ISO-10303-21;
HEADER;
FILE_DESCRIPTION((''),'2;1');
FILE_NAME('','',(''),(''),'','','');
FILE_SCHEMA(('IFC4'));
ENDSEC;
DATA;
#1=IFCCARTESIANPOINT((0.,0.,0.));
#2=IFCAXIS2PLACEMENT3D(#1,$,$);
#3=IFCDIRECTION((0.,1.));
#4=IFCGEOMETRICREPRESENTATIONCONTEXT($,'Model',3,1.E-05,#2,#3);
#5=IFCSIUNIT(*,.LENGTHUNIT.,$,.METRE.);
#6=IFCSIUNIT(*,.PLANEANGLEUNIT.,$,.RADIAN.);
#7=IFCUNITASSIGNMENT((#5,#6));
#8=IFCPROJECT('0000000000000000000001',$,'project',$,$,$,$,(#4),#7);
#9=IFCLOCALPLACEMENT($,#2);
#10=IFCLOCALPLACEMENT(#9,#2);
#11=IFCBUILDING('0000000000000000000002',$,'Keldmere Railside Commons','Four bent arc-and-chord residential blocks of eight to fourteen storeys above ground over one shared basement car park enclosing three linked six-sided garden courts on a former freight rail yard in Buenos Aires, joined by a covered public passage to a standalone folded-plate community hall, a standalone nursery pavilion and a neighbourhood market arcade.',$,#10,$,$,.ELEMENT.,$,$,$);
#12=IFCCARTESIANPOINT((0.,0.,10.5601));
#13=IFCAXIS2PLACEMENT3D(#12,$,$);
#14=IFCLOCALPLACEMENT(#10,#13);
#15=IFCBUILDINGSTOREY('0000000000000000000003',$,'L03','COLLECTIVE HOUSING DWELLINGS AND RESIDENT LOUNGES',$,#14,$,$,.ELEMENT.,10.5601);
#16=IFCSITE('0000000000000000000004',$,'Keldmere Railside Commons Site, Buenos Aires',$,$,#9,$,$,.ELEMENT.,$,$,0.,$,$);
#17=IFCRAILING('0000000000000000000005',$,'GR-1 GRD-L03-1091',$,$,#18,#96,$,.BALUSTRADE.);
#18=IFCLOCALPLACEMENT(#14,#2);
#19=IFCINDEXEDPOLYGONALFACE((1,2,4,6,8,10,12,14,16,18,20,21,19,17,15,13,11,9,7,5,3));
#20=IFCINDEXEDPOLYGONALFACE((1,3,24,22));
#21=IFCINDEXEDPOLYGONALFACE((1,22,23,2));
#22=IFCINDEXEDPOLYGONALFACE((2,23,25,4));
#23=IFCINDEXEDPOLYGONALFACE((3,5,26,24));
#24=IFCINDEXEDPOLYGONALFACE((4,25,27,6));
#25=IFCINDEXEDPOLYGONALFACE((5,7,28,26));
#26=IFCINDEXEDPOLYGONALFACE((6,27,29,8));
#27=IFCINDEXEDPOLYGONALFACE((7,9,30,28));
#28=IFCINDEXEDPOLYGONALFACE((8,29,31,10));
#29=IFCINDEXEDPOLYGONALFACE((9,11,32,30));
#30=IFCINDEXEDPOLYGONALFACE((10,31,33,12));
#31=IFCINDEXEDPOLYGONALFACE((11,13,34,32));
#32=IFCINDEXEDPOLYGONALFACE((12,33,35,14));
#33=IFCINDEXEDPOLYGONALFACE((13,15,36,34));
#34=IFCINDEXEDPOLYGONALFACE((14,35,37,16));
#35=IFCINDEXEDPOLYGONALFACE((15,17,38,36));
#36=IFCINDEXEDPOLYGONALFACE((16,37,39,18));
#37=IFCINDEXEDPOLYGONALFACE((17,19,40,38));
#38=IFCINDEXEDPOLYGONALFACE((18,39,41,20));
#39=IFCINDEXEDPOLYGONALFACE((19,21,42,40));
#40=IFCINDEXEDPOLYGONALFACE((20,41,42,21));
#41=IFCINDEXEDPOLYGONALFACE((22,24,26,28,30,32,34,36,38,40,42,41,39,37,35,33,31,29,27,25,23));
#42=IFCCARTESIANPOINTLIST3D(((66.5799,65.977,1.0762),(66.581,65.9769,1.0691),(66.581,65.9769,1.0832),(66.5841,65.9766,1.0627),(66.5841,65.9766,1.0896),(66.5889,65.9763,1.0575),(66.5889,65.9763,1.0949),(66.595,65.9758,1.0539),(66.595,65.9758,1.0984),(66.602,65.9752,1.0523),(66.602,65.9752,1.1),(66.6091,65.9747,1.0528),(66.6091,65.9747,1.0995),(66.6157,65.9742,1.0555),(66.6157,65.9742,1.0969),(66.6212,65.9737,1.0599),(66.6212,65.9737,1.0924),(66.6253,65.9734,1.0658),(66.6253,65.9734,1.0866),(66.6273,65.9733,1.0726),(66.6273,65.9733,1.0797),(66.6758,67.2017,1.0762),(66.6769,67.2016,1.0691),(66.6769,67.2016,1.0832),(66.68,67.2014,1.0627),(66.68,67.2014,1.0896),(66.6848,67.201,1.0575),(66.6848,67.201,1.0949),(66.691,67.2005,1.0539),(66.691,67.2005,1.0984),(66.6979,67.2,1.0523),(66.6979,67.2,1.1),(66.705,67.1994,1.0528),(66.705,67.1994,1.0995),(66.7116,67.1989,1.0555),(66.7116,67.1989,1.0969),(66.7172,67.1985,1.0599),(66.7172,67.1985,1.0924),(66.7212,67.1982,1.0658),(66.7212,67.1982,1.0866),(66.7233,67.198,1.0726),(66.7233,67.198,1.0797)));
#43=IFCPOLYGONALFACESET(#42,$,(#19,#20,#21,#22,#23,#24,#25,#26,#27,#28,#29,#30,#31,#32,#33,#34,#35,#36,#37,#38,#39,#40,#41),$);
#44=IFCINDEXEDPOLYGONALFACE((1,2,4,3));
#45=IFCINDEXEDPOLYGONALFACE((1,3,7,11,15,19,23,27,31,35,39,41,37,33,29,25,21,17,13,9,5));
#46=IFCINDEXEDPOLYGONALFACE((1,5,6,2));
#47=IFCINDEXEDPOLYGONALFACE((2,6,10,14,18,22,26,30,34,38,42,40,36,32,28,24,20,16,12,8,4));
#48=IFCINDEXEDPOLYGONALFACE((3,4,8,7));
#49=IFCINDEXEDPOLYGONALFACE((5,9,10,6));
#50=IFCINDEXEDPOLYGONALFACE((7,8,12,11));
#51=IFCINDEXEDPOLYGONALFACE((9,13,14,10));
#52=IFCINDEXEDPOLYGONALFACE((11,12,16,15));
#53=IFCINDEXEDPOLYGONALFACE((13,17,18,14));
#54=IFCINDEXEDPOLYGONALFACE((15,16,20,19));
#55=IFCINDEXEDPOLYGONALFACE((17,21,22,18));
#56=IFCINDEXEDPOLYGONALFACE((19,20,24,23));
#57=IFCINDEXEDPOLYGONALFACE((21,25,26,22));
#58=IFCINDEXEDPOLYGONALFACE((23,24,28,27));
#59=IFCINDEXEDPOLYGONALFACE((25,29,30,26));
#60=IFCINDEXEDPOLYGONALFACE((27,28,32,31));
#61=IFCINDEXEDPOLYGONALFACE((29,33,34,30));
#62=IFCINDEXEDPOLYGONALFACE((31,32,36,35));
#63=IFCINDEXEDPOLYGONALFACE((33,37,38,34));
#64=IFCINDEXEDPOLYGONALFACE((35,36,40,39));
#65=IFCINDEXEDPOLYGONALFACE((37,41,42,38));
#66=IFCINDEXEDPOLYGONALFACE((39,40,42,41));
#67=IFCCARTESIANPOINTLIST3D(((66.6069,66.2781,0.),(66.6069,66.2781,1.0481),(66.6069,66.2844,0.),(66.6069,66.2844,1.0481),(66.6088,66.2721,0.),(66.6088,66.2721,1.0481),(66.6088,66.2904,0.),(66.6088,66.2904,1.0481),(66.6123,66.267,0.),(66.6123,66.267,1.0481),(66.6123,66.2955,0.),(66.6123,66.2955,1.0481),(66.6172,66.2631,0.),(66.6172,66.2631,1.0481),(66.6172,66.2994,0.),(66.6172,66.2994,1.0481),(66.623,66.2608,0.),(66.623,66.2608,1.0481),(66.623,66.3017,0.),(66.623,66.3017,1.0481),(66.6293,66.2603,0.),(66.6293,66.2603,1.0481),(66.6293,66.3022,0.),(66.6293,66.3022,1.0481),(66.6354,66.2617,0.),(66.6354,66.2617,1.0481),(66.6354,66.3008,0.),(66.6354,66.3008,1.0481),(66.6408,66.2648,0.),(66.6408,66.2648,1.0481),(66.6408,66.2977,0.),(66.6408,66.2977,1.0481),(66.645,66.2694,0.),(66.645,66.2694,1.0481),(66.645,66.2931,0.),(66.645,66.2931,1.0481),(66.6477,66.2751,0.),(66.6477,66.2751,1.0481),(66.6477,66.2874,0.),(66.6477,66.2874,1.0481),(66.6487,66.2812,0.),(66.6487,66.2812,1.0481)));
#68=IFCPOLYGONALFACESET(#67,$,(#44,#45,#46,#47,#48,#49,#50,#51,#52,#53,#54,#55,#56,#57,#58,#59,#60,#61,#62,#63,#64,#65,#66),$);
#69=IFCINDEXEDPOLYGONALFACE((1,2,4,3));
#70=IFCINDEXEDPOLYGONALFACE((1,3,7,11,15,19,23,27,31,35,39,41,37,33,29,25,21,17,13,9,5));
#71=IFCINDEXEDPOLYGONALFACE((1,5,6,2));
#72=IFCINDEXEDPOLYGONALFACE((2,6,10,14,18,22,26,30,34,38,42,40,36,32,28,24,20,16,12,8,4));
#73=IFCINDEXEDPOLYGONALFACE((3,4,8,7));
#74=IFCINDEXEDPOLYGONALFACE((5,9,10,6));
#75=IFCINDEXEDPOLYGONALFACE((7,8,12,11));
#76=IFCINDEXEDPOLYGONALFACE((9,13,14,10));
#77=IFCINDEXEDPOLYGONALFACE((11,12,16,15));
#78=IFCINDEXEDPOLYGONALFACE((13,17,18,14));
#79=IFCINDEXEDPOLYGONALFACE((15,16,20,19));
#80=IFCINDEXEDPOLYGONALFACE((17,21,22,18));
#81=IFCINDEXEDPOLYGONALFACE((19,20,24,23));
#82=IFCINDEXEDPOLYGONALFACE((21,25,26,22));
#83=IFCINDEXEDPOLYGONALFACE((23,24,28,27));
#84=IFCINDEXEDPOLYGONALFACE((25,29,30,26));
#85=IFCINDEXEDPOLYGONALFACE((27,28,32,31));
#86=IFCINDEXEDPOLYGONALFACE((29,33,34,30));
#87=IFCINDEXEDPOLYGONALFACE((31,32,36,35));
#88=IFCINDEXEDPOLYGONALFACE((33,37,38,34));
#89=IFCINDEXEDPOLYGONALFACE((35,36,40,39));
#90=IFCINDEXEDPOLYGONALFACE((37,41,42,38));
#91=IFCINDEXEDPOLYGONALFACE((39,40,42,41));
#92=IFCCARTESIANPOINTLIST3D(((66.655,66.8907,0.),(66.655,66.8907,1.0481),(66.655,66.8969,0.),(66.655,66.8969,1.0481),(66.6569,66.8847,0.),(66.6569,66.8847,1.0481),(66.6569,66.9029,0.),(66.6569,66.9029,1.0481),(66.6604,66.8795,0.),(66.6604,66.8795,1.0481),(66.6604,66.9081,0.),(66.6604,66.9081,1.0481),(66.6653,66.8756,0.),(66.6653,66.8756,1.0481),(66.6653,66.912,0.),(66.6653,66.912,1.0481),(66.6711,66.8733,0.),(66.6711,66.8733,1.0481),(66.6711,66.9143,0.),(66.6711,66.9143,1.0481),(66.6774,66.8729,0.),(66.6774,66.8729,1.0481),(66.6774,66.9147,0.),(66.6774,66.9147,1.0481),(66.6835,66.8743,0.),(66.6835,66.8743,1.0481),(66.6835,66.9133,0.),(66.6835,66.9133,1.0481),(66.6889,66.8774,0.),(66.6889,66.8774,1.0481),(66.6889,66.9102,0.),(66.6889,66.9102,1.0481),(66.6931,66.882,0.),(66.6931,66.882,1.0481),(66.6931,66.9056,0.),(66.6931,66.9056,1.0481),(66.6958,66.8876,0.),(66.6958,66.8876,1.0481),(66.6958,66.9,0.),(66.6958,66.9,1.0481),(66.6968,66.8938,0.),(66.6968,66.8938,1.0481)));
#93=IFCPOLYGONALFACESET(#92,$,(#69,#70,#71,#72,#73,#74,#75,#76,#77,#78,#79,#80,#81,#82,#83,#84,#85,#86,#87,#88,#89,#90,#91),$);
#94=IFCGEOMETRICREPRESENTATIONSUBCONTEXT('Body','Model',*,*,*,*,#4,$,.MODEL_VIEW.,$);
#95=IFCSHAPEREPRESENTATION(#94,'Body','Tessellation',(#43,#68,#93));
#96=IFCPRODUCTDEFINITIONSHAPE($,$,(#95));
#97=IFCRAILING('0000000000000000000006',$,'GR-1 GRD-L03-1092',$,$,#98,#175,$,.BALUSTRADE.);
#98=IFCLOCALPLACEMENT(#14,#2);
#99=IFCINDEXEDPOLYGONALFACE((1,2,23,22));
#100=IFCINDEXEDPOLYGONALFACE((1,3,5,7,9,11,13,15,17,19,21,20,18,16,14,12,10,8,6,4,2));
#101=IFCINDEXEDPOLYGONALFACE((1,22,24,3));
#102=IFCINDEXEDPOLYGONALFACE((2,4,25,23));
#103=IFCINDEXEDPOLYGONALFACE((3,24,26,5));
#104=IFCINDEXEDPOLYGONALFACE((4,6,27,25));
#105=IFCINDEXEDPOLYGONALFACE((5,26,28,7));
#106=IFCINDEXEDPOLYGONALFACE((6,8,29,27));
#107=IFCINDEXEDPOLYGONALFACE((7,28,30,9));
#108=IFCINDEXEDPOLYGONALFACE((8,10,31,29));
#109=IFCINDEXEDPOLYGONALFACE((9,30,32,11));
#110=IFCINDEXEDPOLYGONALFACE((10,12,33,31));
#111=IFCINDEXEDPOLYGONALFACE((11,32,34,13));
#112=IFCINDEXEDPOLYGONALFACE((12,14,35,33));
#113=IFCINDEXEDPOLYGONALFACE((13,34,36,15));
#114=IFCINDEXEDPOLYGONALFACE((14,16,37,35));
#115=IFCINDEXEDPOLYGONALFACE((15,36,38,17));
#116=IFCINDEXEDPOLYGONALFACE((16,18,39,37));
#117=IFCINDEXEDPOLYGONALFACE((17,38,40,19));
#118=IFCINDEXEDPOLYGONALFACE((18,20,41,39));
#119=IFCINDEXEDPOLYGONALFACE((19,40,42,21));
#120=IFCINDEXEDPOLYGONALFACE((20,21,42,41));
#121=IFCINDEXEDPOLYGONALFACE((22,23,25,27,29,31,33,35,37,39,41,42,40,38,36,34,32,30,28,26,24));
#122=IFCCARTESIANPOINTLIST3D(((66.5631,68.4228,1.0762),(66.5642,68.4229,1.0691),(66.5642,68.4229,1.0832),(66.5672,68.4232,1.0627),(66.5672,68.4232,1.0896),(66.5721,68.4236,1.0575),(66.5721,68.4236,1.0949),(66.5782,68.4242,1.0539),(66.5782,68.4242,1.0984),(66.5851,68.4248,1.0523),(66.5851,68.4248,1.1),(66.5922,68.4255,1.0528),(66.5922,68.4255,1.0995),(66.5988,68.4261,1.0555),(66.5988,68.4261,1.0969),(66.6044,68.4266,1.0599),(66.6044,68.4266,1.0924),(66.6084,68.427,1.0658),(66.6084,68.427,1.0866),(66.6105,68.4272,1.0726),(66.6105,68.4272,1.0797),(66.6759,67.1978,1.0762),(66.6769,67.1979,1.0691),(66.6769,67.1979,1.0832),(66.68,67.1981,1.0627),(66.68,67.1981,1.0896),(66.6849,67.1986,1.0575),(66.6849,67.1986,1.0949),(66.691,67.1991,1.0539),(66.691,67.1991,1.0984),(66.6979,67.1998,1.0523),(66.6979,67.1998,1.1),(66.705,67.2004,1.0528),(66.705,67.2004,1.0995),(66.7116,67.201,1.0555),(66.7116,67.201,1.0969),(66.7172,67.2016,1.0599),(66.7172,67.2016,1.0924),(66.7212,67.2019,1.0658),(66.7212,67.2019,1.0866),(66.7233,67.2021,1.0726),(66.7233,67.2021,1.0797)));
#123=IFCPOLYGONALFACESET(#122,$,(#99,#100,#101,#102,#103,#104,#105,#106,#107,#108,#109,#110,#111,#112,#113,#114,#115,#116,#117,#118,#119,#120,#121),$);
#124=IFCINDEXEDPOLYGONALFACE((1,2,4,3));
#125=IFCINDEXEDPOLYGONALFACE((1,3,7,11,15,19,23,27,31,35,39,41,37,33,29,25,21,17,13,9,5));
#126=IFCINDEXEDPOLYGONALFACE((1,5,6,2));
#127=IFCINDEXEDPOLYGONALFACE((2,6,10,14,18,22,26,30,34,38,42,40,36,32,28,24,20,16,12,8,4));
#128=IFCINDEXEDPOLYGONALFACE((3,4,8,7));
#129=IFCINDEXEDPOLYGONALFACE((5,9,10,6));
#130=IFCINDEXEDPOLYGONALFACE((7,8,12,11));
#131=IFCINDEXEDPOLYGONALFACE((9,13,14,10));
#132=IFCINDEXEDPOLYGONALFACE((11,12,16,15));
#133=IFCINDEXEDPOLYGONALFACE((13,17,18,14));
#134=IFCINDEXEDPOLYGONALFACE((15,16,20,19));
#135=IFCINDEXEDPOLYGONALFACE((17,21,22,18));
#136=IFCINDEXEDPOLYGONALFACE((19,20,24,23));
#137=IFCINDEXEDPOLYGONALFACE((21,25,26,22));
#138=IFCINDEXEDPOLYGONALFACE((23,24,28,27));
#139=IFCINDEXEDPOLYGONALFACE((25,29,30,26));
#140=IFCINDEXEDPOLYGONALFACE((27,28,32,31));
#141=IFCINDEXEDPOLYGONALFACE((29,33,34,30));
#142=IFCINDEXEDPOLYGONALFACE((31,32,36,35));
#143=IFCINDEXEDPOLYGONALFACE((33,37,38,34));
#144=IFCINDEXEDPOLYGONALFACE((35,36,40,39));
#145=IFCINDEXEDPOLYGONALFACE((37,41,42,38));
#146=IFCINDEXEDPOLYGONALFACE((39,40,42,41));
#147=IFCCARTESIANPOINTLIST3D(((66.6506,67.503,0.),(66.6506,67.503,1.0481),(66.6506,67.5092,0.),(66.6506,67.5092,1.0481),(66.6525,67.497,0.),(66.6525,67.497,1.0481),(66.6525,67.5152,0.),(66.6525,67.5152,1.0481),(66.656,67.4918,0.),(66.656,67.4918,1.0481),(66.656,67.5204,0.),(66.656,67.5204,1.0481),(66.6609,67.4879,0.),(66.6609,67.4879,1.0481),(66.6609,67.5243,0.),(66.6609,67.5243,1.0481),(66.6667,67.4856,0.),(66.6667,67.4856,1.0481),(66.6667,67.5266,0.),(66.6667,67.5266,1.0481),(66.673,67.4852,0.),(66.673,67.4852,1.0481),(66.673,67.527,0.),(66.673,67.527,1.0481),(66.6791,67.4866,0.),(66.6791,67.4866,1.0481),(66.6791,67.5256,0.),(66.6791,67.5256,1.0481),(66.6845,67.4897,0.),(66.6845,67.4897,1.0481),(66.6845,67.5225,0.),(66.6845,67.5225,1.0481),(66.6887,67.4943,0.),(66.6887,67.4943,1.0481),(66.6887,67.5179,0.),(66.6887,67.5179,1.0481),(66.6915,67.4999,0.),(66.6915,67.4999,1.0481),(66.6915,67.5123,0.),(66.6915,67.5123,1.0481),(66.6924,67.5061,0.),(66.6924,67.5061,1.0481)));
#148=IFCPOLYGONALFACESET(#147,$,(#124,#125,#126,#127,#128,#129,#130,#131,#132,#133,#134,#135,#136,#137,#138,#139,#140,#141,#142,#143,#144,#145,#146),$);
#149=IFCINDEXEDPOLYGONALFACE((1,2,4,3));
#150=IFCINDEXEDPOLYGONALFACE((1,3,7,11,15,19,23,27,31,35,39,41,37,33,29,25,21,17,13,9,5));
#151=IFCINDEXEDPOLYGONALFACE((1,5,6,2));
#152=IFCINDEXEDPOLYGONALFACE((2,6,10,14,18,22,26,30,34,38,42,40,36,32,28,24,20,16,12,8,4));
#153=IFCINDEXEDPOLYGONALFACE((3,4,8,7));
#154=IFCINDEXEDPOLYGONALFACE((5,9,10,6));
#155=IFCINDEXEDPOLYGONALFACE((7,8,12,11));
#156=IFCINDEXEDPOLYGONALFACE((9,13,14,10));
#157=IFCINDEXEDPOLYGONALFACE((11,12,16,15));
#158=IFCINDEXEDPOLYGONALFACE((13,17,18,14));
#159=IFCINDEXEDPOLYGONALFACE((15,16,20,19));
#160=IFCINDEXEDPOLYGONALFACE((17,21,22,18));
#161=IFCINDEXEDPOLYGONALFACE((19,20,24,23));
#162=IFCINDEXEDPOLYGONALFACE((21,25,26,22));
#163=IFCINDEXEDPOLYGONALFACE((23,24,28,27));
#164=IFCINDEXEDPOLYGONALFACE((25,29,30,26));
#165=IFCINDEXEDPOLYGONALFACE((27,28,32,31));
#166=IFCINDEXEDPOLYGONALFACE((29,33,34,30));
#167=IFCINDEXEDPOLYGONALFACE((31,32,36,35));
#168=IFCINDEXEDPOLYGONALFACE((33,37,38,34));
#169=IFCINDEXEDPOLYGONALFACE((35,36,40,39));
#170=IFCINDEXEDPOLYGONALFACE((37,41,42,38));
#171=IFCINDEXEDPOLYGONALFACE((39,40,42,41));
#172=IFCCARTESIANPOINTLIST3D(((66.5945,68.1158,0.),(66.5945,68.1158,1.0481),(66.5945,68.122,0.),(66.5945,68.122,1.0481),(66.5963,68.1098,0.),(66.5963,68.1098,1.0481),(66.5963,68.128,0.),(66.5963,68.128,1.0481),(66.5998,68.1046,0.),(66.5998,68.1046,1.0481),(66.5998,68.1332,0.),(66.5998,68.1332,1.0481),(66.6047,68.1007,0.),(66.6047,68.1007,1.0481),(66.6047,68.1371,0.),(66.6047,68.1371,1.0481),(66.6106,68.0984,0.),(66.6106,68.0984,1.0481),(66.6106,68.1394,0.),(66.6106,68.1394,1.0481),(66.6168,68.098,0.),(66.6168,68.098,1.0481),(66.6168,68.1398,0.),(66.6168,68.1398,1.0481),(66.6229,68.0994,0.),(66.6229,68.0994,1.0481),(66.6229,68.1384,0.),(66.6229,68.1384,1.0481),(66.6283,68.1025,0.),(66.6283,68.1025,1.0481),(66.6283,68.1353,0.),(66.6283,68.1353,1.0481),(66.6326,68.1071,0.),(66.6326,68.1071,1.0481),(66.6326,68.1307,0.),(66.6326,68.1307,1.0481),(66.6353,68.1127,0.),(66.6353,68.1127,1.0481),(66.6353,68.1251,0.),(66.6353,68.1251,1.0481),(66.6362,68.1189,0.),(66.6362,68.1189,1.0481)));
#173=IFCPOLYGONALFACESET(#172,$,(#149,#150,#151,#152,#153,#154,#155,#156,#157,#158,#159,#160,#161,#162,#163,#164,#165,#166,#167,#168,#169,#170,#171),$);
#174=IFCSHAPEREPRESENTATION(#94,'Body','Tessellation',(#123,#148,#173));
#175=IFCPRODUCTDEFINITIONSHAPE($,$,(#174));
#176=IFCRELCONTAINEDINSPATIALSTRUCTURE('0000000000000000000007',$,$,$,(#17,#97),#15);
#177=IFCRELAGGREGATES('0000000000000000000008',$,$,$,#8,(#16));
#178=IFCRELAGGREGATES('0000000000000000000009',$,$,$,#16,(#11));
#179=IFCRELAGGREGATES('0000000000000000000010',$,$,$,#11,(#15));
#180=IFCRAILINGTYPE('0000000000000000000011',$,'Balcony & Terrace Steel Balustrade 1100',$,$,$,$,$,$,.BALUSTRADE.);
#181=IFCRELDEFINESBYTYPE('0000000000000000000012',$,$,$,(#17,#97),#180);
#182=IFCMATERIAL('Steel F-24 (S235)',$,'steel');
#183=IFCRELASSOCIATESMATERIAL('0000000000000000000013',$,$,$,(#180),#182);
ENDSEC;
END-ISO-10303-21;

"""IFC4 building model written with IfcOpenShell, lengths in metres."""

from ifc_helpers import new_model, si_unit, direction, frame, origin, origin_2d, place, context, subcontext, project, spatial, circle, extrude, material, type_object, element, save


model = new_model("IFC4")

# Units and contexts
model_context = context("Model", 3, precision=1e-05, world=origin(), true_north=direction((0.0, 1.0)))
body_context = subcontext(model_context, "Body", "Model", "MODEL_VIEW")
ifc_project = project(units=[si_unit("LENGTHUNIT", "METRE"), si_unit("PLANEANGLEUNIT", "RADIAN")], contexts=[model_context])

# Site, building, storey
site_placement = place(None, origin())
site = spatial("IfcSite", under=ifc_project, at=site_placement, Name="Keldmere Railside Commons Site, Buenos Aires", CompositionType="ELEMENT", RefElevation=0.0)
building_placement = place(site_placement, origin())
building = spatial("IfcBuilding", under=site, at=building_placement, Name="Keldmere Railside Commons", Description="Four bent arc-and-chord residential blocks of eight to fourteen storeys above ground over one shared basement car park enclosing three linked six-sided garden courts on a former freight rail yard in Buenos Aires, joined by a covered public passage to a standalone folded-plate community hall, a standalone nursery pavilion and a neighbourhood market arcade.", CompositionType="ELEMENT")
storey_placement = place(building_placement, frame((0.0, 0.0, 10.5601)))
storey = spatial("IfcBuildingStorey", under=building, at=storey_placement, Name="L03", Description="COLLECTIVE HOUSING DWELLINGS AND RESIDENT LOUNGES", CompositionType="ELEMENT", Elevation=10.5601)

# Railings
ifc_material_1 = material(Name="Steel F-24 (S235)", Category="steel")
railing_type = type_object("IfcRailingType", Name="Balcony & Terrace Steel Balustrade 1100", PredefinedType="BALUSTRADE", material=ifc_material_1)
railing_1_placement = place(storey_placement, frame((66.6038, 65.9751, 0.0)))
element("IfcRailing", 1, at=railing_1_placement, inside=storey, type_object=railing_type, Name="GR-1 GRD-L03-1091", PredefinedType="BALUSTRADE", context=body_context, shape_type="SweptSolid", body=[
    extrude(circle(Radius=0.0239, at=origin_2d()), frame((0.0, 0.0, 1.0762), z_axis=(0.078094, 0.996946, 0.0), x_axis=(-0.996946, 0.078094, 0.0)), (0.0, 0.0, 1.0), 1.2285),
    extrude(circle(Radius=0.021, at=origin_2d()), frame((0.0239, 0.3062, 0.0)), (0.0, 0.0, 1.0), 1.0481),
    extrude(circle(Radius=0.021, at=origin_2d()), frame((0.072, 0.9187, 0.0)), (0.0, 0.0, 1.0), 1.0481),
])
railing_2_placement = place(storey_placement, frame((66.6997, 67.2, 0.0)))
element("IfcRailing", 2, at=railing_2_placement, inside=storey, type_object=railing_type, Name="GR-1 GRD-L03-1092", PredefinedType="BALUSTRADE", context=body_context, shape_type="SweptSolid", body=[
    extrude(circle(Radius=0.0239, at=origin_2d()), frame((0.0, 0.0, 1.0762), z_axis=(-0.091681, 0.995788, 0.0), x_axis=(-0.995788, -0.091681, 0.0)), (0.0, 0.0, 1.0), 1.2302),
    extrude(circle(Radius=0.021, at=origin_2d()), frame((-0.0283, 0.3062, 0.0)), (0.0, 0.0, 1.0), 1.0481),
    extrude(circle(Radius=0.021, at=origin_2d()), frame((-0.0845, 0.9189, 0.0)), (0.0, 0.0, 1.0), 1.0481),
])

save(model, "model.ifc")
